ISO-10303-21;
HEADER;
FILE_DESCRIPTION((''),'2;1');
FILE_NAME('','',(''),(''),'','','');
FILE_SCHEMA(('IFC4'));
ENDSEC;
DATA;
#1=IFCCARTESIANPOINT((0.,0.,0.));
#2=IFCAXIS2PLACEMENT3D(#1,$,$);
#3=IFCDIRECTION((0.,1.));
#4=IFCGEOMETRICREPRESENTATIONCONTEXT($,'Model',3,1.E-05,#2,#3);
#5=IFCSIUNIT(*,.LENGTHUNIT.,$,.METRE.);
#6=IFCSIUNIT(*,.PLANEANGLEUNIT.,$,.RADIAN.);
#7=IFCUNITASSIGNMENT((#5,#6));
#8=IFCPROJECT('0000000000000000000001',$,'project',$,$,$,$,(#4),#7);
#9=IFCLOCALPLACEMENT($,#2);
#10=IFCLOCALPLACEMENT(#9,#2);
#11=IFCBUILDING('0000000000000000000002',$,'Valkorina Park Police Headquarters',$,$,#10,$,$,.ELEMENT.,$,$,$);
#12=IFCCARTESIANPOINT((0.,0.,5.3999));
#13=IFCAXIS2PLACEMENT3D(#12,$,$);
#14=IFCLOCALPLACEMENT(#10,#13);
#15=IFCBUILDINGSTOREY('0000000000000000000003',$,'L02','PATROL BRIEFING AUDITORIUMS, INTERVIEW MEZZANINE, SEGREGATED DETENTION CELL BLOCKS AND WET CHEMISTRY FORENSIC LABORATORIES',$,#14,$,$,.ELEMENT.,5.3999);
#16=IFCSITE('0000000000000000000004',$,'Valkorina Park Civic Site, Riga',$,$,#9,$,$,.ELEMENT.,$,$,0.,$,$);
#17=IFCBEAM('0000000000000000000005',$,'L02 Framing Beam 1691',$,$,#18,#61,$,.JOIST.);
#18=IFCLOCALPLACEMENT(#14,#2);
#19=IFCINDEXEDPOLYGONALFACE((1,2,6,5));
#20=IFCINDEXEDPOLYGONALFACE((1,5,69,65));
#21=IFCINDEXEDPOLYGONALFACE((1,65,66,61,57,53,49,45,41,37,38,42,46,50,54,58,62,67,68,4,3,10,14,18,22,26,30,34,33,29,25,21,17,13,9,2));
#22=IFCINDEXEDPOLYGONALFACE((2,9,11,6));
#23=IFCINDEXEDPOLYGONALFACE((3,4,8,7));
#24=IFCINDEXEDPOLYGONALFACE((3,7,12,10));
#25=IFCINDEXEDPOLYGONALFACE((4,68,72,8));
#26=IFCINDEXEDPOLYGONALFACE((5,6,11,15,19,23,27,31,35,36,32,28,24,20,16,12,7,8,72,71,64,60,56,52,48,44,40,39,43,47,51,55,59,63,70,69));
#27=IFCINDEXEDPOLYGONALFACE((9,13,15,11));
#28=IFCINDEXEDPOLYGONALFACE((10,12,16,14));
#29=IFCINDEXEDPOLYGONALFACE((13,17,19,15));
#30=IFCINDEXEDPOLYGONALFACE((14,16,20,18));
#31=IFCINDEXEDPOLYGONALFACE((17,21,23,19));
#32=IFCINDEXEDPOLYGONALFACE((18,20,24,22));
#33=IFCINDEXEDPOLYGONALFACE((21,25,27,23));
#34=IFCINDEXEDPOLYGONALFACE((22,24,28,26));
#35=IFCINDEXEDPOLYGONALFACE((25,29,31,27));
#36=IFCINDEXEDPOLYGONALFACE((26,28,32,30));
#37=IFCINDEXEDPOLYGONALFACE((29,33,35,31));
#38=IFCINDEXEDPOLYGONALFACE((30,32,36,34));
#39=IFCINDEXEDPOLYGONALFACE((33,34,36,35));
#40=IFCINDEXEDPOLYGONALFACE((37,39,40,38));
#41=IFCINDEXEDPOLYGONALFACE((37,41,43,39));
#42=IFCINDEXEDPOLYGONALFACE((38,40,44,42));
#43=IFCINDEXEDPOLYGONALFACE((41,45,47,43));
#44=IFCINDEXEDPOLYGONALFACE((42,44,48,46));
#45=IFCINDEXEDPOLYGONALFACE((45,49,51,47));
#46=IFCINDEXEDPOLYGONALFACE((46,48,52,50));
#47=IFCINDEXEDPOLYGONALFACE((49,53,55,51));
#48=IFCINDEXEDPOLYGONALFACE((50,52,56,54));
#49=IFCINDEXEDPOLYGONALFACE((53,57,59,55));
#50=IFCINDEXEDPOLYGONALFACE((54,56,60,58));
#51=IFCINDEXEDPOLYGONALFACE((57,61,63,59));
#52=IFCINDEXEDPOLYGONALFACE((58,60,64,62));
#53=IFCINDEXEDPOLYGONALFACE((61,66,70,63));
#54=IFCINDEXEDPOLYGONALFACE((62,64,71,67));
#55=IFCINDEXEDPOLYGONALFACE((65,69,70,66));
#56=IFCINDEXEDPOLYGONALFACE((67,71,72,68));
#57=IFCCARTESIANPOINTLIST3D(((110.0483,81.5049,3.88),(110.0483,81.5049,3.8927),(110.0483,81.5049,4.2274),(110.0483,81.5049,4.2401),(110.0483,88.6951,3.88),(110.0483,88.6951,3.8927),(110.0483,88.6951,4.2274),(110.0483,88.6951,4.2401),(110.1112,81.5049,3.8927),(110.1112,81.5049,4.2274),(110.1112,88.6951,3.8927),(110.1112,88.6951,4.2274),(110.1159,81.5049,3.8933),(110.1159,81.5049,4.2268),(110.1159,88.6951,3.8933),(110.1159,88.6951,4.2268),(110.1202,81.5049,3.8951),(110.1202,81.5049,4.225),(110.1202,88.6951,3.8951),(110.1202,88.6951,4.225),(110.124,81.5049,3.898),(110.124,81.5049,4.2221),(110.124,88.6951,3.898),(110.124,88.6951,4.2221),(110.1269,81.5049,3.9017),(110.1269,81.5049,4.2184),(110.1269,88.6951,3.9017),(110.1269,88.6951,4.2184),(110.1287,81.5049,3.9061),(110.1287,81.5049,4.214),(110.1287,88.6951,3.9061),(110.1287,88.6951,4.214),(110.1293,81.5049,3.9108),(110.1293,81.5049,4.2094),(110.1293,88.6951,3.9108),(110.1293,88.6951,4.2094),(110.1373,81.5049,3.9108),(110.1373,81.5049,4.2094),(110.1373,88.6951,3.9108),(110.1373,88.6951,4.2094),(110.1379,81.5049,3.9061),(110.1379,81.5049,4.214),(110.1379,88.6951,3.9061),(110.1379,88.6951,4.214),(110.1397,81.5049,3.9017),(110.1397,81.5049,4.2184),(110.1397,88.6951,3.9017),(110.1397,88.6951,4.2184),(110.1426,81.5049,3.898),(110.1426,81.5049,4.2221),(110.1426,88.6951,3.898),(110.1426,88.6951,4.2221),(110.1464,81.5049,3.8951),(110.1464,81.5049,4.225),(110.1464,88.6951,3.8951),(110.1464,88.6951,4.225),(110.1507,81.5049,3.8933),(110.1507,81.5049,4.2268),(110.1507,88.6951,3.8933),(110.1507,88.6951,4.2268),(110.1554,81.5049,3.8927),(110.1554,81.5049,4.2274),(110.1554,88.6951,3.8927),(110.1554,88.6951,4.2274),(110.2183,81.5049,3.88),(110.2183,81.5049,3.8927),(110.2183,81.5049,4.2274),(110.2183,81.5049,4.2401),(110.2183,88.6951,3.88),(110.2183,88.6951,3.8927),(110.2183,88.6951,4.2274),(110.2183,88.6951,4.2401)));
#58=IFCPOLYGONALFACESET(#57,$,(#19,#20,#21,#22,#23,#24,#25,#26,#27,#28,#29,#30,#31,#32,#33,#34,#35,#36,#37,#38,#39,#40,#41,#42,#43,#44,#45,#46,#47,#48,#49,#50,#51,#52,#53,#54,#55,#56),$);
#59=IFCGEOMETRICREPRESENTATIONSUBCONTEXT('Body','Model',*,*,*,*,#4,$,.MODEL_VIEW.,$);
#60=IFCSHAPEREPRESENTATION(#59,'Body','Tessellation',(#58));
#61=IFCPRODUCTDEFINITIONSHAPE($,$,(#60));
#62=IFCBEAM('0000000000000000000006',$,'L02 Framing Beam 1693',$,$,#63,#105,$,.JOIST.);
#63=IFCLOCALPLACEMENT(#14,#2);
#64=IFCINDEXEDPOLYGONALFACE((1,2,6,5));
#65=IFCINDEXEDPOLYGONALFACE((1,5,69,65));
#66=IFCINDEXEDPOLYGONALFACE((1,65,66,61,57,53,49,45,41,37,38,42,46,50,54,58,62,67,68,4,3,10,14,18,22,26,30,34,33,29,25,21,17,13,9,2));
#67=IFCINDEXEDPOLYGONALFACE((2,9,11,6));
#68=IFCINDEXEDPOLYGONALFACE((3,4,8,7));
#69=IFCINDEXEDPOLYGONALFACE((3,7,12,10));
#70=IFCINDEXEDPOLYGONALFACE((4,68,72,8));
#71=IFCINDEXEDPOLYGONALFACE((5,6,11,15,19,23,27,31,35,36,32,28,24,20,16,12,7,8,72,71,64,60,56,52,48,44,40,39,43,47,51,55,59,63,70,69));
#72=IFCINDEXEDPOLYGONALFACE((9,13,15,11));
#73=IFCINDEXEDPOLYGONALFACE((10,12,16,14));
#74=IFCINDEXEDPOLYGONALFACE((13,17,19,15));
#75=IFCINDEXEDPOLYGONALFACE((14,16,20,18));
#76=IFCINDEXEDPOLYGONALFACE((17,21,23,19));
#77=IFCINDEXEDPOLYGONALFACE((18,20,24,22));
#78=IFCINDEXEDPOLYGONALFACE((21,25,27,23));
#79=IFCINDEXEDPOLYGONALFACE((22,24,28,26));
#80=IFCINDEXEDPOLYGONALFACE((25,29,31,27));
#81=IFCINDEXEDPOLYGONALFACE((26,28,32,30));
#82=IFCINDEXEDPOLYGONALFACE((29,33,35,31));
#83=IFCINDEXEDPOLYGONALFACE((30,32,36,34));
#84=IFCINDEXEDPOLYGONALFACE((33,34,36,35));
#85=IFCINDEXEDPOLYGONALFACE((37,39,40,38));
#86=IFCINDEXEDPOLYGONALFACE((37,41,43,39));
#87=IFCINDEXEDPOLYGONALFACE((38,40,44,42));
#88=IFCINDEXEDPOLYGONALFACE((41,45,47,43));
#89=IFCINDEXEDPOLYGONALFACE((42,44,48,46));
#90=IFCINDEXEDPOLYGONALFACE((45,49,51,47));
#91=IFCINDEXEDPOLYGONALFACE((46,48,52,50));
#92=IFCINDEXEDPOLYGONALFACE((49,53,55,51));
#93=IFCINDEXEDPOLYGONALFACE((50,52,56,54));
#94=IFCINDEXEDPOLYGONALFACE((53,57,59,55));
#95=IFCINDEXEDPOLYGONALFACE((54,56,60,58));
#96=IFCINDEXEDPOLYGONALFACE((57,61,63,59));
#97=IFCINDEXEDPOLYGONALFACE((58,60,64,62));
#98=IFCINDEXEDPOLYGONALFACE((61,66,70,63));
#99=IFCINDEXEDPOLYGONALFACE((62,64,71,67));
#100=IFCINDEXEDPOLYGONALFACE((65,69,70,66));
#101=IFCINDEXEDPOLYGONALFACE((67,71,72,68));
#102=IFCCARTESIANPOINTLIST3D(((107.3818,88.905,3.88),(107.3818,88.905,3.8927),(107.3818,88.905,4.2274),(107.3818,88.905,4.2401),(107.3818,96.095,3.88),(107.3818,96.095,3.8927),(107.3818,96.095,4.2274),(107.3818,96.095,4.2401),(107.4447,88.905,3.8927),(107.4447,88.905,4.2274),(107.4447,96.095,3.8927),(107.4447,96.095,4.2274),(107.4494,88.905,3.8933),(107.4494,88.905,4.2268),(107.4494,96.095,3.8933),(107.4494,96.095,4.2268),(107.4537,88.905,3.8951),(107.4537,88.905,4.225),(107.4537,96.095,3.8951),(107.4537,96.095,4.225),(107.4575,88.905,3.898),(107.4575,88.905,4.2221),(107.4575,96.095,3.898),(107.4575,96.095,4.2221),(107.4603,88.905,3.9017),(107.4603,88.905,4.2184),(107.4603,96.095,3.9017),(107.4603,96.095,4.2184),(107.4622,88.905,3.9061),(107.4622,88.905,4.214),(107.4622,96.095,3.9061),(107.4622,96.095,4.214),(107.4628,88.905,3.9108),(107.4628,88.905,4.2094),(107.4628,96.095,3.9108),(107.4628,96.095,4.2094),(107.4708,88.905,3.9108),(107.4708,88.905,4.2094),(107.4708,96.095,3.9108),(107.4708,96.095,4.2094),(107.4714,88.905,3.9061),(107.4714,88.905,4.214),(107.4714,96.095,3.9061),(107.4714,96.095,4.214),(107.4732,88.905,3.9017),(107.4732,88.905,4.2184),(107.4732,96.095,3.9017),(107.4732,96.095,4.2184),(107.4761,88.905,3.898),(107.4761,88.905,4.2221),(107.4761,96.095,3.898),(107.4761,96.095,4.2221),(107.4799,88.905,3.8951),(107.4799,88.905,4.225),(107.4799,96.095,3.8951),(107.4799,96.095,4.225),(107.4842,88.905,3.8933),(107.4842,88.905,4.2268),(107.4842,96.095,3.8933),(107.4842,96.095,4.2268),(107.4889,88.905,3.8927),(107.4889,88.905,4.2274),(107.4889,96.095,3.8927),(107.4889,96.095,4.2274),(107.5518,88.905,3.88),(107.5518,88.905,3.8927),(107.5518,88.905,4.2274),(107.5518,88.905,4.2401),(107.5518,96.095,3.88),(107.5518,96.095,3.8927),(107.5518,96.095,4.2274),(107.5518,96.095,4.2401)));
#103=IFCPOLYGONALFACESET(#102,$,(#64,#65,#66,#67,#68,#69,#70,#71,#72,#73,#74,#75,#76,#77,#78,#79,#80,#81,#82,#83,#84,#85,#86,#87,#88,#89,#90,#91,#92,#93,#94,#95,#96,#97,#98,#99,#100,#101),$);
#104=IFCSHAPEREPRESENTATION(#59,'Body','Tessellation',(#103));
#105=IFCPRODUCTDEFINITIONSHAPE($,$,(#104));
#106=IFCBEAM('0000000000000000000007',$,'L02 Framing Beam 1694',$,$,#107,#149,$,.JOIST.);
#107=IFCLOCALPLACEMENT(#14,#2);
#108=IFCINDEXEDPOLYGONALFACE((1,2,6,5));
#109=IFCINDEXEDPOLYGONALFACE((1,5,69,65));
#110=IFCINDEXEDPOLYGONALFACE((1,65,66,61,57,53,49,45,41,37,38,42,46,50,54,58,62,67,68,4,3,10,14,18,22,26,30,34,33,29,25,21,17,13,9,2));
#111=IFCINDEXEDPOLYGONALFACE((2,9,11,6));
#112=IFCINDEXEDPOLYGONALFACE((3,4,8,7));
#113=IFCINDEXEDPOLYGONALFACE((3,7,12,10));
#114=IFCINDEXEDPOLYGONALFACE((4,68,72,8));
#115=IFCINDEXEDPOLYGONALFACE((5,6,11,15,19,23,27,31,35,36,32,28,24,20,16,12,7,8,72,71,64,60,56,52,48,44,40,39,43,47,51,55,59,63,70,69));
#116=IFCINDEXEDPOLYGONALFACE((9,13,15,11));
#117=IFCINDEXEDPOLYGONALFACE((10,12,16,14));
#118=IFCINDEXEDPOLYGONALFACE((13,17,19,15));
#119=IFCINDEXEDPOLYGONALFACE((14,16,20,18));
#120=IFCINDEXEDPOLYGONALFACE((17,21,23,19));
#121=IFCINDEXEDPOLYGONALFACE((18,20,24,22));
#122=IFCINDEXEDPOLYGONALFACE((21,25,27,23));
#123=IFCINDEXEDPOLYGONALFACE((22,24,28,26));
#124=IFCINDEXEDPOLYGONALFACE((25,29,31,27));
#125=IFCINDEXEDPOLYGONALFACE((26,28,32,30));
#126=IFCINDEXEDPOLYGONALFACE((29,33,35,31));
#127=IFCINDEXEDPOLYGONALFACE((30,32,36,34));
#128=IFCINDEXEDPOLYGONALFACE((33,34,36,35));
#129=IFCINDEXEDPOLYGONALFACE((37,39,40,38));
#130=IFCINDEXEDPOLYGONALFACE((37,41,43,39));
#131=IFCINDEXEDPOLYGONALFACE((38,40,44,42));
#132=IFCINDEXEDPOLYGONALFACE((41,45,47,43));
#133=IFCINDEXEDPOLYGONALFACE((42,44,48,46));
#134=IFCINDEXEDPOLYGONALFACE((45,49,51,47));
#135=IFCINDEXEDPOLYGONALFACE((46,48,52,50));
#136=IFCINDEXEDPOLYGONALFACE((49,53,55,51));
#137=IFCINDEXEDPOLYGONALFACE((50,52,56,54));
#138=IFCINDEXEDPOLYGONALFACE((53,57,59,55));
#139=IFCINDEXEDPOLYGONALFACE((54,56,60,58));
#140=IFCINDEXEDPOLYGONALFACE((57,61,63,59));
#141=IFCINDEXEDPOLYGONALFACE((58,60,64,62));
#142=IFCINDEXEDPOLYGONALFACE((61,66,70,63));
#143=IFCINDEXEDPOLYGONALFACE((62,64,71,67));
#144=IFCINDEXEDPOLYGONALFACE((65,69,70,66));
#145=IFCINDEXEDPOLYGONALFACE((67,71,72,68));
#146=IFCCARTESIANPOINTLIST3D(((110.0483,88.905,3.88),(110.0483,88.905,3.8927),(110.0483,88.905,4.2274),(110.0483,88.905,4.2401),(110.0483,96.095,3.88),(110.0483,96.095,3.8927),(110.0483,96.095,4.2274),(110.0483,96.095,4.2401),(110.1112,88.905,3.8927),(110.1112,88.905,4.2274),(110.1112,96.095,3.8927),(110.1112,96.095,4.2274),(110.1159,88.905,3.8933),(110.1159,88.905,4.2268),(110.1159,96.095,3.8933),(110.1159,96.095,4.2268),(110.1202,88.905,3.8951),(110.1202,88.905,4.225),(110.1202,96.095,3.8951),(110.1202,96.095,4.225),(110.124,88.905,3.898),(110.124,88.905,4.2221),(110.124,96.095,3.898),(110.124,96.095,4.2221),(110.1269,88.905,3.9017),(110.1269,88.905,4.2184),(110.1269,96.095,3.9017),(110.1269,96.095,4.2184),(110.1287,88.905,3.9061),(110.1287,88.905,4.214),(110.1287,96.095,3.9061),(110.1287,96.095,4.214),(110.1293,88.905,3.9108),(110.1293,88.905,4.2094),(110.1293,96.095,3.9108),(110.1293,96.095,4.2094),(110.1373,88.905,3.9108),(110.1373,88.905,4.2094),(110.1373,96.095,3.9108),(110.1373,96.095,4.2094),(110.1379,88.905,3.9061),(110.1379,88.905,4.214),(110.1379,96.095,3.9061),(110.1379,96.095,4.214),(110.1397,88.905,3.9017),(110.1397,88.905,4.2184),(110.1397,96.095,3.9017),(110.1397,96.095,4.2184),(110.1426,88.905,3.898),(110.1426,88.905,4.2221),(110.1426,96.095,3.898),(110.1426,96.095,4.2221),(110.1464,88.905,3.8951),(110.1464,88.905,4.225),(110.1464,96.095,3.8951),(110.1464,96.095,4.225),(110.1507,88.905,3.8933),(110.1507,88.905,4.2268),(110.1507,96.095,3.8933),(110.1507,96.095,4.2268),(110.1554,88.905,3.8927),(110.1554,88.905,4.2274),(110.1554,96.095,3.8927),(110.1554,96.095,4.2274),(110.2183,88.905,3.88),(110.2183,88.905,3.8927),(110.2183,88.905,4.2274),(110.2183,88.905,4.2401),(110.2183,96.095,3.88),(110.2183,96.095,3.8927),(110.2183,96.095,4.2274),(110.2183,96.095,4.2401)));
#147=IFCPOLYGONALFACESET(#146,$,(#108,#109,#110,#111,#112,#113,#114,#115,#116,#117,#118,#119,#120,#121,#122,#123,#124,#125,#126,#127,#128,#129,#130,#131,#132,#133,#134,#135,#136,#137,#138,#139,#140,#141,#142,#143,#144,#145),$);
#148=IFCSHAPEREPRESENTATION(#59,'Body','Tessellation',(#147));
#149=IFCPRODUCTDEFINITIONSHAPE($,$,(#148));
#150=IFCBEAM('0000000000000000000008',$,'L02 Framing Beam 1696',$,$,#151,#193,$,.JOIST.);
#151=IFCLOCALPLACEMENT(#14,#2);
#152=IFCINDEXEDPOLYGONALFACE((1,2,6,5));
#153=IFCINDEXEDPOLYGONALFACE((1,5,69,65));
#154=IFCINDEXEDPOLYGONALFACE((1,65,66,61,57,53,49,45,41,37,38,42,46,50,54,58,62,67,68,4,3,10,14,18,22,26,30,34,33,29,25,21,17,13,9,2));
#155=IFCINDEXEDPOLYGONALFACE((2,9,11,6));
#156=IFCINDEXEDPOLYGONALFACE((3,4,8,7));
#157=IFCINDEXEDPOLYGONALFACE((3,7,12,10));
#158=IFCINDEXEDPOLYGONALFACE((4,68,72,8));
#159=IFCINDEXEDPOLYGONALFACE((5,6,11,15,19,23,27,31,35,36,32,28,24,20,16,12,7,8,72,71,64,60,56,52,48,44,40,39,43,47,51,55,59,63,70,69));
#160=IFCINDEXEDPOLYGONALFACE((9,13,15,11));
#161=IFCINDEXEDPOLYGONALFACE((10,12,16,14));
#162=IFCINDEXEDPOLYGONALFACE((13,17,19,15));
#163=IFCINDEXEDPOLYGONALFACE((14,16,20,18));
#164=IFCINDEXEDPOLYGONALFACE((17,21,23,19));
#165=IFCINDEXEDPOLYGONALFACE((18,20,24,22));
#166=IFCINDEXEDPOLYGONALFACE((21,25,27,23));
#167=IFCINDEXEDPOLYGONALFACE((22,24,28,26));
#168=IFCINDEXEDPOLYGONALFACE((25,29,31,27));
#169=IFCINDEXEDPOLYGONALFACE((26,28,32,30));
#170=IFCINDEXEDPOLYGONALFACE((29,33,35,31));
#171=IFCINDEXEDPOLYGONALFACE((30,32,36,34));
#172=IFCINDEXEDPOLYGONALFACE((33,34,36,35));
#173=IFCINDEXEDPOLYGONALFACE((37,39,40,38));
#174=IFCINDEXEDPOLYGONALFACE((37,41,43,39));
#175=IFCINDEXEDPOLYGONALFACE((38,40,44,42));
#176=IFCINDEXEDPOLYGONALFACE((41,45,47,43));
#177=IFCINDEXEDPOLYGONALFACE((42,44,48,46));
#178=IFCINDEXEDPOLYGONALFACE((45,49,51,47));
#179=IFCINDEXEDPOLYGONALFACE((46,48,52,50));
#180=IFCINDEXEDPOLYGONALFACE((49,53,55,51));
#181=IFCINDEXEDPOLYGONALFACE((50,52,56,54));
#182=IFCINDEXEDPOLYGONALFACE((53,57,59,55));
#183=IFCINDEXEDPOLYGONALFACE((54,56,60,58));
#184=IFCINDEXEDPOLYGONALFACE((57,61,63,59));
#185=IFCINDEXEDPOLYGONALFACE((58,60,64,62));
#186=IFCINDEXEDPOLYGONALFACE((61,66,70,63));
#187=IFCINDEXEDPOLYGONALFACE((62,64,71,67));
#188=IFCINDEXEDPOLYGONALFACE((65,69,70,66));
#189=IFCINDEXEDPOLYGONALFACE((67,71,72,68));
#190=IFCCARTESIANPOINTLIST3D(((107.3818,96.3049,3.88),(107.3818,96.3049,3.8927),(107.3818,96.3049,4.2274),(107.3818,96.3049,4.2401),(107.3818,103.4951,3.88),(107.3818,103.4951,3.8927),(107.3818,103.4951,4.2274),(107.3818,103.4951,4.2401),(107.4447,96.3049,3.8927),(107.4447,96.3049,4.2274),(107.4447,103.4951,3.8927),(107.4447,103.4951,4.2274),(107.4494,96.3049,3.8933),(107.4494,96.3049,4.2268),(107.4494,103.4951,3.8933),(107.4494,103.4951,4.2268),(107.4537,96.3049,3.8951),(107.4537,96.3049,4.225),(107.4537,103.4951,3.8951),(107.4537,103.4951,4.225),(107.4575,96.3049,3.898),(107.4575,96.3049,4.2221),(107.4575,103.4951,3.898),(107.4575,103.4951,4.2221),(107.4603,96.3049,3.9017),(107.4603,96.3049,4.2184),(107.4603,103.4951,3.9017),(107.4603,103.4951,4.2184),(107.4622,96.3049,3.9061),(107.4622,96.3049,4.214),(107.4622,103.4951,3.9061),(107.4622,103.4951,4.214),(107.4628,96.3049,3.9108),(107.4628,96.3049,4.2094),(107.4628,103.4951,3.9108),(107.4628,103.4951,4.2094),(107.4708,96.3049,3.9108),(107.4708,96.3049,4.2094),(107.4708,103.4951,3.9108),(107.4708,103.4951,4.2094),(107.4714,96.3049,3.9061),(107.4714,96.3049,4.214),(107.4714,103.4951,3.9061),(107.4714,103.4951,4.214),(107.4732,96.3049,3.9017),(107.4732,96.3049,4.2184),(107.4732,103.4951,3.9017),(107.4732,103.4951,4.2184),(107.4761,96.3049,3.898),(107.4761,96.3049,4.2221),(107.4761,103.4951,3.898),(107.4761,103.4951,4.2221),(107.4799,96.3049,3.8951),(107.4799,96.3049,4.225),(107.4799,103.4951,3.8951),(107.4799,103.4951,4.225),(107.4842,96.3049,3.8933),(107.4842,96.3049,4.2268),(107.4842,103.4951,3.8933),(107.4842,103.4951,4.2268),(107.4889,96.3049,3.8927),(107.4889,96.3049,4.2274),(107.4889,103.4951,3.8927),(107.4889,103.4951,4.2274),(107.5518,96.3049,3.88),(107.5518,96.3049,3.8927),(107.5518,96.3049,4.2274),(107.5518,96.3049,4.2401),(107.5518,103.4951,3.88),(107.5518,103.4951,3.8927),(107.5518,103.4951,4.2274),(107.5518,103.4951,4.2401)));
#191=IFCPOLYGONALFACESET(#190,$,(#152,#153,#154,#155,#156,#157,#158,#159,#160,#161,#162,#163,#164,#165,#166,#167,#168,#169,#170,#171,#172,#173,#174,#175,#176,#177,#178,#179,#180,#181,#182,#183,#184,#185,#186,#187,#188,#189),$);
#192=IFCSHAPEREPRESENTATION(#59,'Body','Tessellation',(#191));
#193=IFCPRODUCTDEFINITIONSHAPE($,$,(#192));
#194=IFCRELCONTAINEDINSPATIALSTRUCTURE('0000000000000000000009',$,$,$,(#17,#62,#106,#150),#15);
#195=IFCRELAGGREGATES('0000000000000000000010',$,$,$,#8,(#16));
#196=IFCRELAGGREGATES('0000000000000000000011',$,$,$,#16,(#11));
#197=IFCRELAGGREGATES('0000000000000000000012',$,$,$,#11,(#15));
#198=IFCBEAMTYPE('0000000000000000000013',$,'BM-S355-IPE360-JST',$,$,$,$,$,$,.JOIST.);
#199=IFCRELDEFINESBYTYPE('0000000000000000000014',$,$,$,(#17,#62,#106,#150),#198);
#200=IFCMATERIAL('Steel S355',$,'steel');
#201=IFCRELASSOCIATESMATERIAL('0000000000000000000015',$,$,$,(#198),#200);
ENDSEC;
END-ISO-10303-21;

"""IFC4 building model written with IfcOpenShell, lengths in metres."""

from ifc_helpers import new_model, si_unit, direction, frame, origin, origin_2d, place, context, subcontext, project, spatial, i_section, extrude, material, material_profile, profile_set, type_object, element, save


model = new_model("IFC4")

# Units and contexts
model_context = context("Model", 3, precision=1e-05, world=origin(), true_north=direction((0.0, 1.0)))
body_context = subcontext(model_context, "Body", "Model", "MODEL_VIEW")
ifc_project = project(units=[si_unit("LENGTHUNIT", "METRE"), si_unit("PLANEANGLEUNIT", "RADIAN")], contexts=[model_context])

# Site, building, storey
site_placement = place(None, origin())
site = spatial("IfcSite", under=ifc_project, at=site_placement, Name="Valkorina Park Civic Site, Riga", CompositionType="ELEMENT", RefElevation=0.0)
building_placement = place(site_placement, origin())
building = spatial("IfcBuilding", under=site, at=building_placement, Name="Valkorina Park Police Headquarters", CompositionType="ELEMENT")
storey_placement = place(building_placement, frame((0.0, 0.0, 5.3999)))
storey = spatial("IfcBuildingStorey", under=building, at=storey_placement, Name="L02", Description="PATROL BRIEFING AUDITORIUMS, INTERVIEW MEZZANINE, SEGREGATED DETENTION CELL BLOCKS AND WET CHEMISTRY FORENSIC LABORATORIES", CompositionType="ELEMENT", Elevation=5.3999)

# Shared definitions
ifc_material_1 = material(Name="Steel S355", Category="steel")

# Beams
ifc_material_profile_1 = material_profile(ifc_material_1, i_section(OverallWidth=0.1699, OverallDepth=0.3601, WebThickness=0.0081, FlangeThickness=0.0127, FilletRadius=0.0181, at=origin_2d()), Name="IPE 360")
ifc_profile_set_1 = profile_set([ifc_material_profile_1], Name="Steel S355")
beam_type_1 = type_object("IfcBeamType", Name="BM-S355-IPE360-JST", PredefinedType="JOIST", material=ifc_profile_set_1)
for number, where, z_axis, x_axis, name in (
    (1, (110.1333, 81.5049, 4.0601), (0.0, 1.0, 0.0), (-1.0, 0.0, 0.0), "L02 Framing Beam 1691"),
):
    element("IfcBeam", number, at=place(storey_placement, frame(where, z_axis=z_axis, x_axis=x_axis)), inside=storey, type_object=beam_type_1, Name=name, PredefinedType="JOIST", context=body_context, shape_type="SweptSolid", body=[
        extrude(i_section(OverallWidth=0.1699, OverallDepth=0.3601, WebThickness=0.0081, FlangeThickness=0.0127, FilletRadius=0.0181, at=origin_2d()), origin(), (0.0, 0.0, 1.0), 7.1902),
    ])
for number, where, z_axis, x_axis, name in (
    (2, (107.4668, 88.905, 4.0601), (0.0, 1.0, 0.0), (-1.0, 0.0, 0.0), "L02 Framing Beam 1693"),
    (3, (110.1333, 88.905, 4.0601), (0.0, 1.0, 0.0), (-1.0, 0.0, 0.0), "L02 Framing Beam 1694"),
):
    element("IfcBeam", number, at=place(storey_placement, frame(where, z_axis=z_axis, x_axis=x_axis)), inside=storey, type_object=beam_type_1, Name=name, PredefinedType="JOIST", context=body_context, shape_type="SweptSolid", body=[
        extrude(i_section(OverallWidth=0.1699, OverallDepth=0.3601, WebThickness=0.0081, FlangeThickness=0.0127, FilletRadius=0.0181, at=origin_2d()), origin(), (0.0, 0.0, 1.0), 7.1899),
    ])
for number, where, z_axis, x_axis, name in (
    (4, (107.4668, 96.3049, 4.0601), (0.0, 1.0, 0.0), (-1.0, 0.0, 0.0), "L02 Framing Beam 1696"),
):
    element("IfcBeam", number, at=place(storey_placement, frame(where, z_axis=z_axis, x_axis=x_axis)), inside=storey, type_object=beam_type_1, Name=name, PredefinedType="JOIST", context=body_context, shape_type="SweptSolid", body=[
        extrude(i_section(OverallWidth=0.1699, OverallDepth=0.3601, WebThickness=0.0081, FlangeThickness=0.0127, FilletRadius=0.0181, at=origin_2d()), origin(), (0.0, 0.0, 1.0), 7.1902),
    ])

save(model, "model.ifc")
